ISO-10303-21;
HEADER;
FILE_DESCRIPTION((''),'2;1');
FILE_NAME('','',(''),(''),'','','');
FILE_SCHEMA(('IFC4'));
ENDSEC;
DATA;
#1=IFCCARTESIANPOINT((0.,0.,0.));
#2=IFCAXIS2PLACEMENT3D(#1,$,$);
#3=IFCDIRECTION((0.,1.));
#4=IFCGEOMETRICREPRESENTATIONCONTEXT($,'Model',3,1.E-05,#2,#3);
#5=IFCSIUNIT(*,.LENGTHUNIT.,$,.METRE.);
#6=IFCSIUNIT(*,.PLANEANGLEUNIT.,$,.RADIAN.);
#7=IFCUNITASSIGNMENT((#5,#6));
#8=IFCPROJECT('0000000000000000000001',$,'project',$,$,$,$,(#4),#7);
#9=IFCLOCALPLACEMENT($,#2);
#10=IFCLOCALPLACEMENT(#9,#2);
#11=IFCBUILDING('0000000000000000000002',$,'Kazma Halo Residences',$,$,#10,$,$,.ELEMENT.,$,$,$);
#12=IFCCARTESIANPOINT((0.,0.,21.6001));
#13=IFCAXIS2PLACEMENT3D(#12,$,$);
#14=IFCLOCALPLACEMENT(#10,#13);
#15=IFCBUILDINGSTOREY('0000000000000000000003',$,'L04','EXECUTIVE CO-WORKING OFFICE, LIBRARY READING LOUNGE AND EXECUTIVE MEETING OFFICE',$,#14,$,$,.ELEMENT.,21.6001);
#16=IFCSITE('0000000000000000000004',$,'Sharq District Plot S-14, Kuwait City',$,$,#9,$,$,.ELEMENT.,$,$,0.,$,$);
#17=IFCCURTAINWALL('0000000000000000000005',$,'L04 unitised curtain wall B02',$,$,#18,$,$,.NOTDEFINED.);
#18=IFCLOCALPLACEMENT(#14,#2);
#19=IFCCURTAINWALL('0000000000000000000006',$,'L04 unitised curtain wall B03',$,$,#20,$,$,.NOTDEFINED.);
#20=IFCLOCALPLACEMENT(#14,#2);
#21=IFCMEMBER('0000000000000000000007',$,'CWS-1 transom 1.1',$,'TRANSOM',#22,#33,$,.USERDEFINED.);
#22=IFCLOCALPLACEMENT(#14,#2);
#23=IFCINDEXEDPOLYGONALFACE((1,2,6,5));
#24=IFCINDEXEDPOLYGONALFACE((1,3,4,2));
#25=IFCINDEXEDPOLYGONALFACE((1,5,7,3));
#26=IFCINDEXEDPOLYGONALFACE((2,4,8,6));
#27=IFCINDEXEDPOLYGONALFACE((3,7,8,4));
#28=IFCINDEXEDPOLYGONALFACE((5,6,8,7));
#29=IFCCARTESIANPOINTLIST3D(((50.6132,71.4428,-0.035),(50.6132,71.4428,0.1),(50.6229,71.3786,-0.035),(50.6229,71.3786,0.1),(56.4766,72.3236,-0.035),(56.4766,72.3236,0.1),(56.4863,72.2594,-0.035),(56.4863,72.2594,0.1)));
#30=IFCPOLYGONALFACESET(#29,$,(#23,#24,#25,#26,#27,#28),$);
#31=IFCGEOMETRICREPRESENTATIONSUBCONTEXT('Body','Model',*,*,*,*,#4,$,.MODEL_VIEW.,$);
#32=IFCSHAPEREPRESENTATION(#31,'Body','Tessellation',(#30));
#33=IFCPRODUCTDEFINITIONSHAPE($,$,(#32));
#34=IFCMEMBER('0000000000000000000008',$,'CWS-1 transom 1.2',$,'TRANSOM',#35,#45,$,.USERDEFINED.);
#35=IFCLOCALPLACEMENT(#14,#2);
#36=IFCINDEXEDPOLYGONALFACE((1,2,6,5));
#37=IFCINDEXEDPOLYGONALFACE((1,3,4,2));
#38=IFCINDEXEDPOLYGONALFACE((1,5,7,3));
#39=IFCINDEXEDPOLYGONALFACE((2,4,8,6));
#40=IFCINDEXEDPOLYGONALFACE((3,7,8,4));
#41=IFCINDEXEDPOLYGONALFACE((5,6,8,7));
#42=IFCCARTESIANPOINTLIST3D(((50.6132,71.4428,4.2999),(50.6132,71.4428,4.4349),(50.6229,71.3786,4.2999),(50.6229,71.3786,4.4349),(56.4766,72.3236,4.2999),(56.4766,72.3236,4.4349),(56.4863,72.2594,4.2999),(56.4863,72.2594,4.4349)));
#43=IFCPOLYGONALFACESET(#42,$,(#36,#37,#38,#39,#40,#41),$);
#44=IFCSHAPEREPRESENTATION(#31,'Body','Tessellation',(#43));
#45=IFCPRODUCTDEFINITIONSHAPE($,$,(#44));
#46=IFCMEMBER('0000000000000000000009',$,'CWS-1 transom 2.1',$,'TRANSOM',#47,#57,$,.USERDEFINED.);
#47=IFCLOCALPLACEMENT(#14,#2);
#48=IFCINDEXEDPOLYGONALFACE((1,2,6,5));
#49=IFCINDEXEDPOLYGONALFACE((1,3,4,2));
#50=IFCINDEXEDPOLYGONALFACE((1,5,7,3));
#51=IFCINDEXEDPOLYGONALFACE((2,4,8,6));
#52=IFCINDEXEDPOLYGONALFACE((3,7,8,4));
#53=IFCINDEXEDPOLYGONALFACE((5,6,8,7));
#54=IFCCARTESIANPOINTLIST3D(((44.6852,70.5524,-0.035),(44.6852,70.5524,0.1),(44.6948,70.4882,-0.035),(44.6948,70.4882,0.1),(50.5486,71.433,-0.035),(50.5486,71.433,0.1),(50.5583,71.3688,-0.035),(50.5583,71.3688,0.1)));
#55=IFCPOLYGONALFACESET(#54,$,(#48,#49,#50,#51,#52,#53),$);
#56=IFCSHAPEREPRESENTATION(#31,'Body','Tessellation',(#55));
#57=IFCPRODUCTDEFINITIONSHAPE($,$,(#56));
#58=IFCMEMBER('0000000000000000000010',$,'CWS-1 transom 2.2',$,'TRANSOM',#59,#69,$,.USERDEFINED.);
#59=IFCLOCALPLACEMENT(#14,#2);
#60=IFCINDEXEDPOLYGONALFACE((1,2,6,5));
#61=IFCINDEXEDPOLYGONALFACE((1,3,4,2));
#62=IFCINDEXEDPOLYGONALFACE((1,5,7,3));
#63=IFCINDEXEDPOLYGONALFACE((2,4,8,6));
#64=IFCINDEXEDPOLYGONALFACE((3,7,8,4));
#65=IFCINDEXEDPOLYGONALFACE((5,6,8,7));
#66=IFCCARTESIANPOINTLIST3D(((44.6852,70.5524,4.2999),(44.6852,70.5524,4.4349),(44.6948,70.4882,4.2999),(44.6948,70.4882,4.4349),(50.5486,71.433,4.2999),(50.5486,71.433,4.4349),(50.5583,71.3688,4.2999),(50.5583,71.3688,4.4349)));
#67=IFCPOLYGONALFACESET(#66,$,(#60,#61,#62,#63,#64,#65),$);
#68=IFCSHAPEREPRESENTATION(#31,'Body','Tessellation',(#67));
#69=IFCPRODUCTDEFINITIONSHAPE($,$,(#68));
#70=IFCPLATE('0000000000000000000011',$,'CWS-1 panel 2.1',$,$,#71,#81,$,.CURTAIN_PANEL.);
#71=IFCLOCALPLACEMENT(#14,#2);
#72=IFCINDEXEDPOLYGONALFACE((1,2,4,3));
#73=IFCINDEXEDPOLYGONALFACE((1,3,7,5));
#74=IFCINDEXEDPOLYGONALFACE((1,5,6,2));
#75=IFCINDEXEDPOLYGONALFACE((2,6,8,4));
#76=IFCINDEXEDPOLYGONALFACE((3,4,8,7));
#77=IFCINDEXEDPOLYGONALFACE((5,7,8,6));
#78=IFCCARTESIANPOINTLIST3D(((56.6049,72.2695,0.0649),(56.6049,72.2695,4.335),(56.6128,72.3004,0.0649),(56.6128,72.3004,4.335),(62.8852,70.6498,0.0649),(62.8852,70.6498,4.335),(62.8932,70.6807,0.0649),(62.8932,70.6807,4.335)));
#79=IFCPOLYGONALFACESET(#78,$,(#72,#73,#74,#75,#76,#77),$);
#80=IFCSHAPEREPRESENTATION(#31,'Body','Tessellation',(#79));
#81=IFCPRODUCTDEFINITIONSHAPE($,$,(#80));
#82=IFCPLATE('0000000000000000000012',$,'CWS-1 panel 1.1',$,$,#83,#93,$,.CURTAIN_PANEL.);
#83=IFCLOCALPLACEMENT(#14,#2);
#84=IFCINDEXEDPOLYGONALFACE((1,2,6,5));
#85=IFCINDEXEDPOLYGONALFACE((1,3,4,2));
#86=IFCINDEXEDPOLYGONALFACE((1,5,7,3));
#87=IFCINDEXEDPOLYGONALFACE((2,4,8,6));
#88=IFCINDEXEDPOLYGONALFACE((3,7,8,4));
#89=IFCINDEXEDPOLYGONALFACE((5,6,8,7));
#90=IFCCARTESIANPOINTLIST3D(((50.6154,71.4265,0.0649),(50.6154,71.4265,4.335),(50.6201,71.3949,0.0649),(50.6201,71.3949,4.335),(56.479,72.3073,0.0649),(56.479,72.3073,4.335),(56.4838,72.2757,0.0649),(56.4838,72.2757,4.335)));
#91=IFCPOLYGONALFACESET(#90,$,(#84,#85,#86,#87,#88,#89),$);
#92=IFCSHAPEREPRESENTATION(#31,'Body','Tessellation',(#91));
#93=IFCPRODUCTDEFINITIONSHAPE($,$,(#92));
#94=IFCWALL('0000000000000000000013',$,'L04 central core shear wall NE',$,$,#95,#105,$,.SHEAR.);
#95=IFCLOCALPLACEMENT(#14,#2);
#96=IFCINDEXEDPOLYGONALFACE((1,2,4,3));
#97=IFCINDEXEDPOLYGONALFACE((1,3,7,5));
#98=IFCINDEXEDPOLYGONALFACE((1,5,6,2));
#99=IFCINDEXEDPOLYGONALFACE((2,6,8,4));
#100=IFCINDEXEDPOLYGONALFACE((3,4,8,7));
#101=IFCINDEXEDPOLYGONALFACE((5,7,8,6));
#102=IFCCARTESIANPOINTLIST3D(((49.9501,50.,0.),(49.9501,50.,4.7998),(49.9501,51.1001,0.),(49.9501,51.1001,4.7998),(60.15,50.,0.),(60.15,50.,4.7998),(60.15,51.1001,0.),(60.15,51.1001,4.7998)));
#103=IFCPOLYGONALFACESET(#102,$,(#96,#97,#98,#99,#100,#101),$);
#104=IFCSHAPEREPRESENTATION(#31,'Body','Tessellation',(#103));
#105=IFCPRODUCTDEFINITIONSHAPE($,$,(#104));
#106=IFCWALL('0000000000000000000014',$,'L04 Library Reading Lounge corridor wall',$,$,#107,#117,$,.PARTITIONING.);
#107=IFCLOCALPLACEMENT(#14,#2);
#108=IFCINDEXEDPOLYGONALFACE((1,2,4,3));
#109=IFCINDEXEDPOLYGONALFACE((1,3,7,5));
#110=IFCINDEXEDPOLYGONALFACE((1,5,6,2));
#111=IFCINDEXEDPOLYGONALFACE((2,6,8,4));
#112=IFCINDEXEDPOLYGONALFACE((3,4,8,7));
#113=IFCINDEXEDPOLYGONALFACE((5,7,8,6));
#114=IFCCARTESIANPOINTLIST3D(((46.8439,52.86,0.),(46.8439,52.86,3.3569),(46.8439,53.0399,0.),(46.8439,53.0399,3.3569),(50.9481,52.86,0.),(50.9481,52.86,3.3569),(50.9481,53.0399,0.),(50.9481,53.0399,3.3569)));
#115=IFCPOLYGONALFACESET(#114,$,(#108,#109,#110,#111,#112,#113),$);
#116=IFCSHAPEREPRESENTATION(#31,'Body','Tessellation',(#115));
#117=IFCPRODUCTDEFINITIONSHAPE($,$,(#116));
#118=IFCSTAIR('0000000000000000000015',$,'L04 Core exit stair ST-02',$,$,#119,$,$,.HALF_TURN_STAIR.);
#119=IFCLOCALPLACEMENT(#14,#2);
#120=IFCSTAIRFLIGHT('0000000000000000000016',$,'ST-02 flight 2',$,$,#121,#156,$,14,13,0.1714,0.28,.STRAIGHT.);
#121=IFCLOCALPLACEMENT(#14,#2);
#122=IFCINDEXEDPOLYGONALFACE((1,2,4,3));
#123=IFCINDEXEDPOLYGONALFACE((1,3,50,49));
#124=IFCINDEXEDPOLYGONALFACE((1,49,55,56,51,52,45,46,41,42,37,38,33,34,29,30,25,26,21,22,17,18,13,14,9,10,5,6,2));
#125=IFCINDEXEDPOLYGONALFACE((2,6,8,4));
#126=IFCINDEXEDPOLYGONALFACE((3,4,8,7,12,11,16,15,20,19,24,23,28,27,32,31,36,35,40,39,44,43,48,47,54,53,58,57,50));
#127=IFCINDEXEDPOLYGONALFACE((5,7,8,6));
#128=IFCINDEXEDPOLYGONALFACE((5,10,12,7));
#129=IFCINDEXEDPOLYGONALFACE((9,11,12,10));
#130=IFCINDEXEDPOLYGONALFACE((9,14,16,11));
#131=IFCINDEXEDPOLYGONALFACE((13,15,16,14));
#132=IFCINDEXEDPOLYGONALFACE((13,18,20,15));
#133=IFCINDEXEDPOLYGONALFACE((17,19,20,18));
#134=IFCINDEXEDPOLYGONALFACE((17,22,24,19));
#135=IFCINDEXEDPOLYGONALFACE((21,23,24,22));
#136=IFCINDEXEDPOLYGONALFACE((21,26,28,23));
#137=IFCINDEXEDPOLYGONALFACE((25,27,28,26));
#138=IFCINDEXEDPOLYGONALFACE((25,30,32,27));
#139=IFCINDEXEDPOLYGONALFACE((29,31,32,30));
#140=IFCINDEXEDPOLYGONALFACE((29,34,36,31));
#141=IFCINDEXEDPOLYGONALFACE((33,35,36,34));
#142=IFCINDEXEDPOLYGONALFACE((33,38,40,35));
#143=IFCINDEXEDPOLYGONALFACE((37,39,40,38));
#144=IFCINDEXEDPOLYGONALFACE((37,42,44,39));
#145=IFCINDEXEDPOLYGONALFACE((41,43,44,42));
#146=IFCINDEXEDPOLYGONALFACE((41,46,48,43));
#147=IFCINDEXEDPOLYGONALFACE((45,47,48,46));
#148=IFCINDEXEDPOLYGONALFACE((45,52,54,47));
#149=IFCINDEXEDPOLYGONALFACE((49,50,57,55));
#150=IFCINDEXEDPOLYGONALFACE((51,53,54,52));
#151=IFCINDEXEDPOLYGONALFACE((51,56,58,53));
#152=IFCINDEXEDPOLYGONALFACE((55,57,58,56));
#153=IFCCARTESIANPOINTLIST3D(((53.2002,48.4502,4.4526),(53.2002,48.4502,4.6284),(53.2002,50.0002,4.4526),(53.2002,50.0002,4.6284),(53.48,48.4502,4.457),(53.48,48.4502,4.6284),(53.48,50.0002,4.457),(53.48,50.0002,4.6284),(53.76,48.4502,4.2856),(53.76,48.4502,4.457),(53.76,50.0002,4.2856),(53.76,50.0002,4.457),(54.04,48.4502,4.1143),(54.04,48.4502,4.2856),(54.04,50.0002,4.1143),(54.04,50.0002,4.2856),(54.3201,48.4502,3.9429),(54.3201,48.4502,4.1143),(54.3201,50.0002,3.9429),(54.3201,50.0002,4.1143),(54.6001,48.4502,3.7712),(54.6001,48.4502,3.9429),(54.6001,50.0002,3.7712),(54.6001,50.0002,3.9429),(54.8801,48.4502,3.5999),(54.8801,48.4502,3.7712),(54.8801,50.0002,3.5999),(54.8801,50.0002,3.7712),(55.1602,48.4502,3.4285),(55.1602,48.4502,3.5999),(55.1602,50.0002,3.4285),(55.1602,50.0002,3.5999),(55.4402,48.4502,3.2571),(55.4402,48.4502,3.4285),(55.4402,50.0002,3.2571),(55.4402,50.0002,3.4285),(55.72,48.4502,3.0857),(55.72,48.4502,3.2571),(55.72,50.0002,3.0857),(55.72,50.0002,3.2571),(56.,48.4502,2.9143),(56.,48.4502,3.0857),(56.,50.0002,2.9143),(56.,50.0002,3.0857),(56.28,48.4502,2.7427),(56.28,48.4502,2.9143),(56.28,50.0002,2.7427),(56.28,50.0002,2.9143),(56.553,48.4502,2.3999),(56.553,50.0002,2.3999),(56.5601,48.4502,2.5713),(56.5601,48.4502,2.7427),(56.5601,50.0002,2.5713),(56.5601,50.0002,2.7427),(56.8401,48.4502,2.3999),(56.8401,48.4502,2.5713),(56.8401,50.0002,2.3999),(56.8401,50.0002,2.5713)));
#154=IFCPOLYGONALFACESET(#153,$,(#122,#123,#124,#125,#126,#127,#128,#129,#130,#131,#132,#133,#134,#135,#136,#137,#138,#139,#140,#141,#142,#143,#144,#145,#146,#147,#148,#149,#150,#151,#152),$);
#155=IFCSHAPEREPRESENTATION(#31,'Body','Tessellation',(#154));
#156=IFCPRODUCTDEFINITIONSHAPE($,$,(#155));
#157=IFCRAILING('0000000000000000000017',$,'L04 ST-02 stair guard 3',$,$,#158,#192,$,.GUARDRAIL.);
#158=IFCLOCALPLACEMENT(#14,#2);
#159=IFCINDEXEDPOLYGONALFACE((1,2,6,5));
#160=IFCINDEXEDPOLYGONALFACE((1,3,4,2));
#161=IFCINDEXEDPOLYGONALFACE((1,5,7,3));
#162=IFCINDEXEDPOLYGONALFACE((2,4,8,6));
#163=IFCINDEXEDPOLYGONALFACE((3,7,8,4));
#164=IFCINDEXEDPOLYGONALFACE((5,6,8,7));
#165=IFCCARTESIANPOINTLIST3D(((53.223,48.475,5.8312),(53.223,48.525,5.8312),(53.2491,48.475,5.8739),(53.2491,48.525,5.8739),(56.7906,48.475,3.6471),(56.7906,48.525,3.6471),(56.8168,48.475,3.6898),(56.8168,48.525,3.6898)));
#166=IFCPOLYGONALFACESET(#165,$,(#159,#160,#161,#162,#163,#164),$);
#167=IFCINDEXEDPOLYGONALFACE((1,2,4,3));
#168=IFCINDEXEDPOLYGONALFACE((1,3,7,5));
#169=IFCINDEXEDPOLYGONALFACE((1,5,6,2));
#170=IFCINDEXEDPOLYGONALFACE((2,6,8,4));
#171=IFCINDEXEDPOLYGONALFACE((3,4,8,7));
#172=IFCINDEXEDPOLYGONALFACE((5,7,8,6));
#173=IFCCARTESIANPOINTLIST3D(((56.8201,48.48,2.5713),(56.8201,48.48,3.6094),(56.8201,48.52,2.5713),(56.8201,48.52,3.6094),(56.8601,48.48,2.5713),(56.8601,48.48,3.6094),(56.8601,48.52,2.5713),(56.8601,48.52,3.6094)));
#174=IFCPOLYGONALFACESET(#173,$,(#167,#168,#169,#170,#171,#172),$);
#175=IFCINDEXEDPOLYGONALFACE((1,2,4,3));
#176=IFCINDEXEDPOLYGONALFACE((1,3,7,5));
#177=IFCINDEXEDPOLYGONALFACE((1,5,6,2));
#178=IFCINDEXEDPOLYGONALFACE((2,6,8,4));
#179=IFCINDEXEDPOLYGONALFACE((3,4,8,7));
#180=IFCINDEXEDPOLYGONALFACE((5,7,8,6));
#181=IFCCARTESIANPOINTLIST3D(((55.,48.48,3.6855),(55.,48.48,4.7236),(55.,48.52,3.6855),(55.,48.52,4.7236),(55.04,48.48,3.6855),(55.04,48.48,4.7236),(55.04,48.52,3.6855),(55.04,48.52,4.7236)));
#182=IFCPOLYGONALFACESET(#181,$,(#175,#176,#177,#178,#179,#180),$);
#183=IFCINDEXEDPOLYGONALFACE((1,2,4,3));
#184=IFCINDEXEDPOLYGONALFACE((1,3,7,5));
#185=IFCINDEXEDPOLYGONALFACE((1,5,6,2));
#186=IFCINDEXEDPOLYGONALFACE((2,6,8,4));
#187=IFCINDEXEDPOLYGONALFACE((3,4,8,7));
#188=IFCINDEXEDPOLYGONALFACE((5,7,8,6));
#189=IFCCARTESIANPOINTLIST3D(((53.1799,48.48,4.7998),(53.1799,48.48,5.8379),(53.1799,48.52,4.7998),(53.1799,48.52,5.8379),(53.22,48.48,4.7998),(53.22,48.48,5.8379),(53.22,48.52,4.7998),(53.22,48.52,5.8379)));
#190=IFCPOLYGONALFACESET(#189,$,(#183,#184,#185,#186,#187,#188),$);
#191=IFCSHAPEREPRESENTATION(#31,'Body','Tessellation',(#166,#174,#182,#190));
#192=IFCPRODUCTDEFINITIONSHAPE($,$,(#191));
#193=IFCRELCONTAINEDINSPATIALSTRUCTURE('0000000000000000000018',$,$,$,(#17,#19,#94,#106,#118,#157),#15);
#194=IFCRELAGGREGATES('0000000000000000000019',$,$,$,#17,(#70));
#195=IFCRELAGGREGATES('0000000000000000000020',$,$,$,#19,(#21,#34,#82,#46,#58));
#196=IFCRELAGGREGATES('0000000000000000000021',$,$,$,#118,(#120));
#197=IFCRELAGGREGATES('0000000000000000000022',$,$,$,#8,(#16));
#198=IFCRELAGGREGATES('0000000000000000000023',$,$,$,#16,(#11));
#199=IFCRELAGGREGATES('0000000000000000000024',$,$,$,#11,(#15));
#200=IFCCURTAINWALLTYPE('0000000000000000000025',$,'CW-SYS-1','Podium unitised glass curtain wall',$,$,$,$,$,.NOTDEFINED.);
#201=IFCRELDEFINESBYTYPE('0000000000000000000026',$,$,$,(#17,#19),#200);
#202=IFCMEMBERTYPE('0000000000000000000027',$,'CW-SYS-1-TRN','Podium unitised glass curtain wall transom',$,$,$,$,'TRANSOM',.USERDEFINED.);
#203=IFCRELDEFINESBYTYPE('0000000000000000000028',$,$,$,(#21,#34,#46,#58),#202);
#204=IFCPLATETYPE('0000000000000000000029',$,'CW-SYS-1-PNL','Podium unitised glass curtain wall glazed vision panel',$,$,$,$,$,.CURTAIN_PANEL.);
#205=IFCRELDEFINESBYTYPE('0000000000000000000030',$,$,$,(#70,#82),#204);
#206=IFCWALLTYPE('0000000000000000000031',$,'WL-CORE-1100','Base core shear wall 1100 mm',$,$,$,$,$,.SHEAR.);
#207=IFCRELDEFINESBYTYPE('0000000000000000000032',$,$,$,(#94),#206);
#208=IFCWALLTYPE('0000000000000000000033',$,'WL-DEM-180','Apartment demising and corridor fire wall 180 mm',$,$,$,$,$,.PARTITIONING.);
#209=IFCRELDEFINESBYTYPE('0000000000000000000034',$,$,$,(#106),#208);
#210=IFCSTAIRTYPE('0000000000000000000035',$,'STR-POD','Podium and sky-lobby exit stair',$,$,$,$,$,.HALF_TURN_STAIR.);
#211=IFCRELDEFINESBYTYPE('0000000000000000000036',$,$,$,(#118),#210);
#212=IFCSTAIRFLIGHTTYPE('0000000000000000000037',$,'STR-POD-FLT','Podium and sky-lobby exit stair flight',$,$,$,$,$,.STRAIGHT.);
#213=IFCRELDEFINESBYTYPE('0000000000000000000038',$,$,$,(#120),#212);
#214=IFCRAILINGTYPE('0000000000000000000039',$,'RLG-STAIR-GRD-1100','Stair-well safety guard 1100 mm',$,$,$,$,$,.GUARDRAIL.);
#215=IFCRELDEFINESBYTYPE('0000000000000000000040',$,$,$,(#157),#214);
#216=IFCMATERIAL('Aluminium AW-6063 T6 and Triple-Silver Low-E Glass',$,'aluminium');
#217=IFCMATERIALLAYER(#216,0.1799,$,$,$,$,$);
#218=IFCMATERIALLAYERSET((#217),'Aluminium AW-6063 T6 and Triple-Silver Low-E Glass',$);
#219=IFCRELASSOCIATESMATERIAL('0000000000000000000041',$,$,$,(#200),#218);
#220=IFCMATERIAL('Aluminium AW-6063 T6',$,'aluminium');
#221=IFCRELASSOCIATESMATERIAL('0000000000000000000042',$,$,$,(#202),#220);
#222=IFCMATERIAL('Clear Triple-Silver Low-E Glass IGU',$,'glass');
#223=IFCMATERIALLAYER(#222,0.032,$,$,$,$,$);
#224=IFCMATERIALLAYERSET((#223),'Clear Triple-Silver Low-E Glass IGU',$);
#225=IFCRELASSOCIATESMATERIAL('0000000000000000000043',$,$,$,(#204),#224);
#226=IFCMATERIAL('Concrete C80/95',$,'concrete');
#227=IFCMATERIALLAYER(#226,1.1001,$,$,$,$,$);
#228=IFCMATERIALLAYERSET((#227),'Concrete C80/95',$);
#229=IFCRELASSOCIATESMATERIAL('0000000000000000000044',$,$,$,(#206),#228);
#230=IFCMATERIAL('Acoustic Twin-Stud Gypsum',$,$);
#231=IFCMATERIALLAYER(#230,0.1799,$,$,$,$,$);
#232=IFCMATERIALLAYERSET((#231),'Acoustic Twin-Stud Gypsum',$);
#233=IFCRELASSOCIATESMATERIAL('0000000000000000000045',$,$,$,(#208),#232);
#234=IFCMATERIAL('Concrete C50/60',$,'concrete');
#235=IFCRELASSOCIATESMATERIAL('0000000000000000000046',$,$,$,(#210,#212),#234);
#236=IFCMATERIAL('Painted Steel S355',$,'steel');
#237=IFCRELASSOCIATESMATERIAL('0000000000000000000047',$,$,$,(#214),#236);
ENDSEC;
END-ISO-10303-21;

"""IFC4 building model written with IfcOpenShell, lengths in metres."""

from ifc_helpers import new_model, si_unit, direction, frame, frame_2d, origin, origin_2d, place, context, subcontext, project, spatial, polyline, rectangle, outline, extrude, material, layer, layer_set, material_profile, profile_set, type_object, element, aggregate, save


model = new_model("IFC4")

# Units and contexts
model_context = context("Model", 3, precision=1e-05, world=origin(), true_north=direction((0.0, 1.0)))
body_context = subcontext(model_context, "Body", "Model", "MODEL_VIEW")
ifc_project = project(units=[si_unit("LENGTHUNIT", "METRE"), si_unit("PLANEANGLEUNIT", "RADIAN")], contexts=[model_context])

# Site, building, storey
site_placement = place(None, origin())
site = spatial("IfcSite", under=ifc_project, at=site_placement, Name="Sharq District Plot S-14, Kuwait City", CompositionType="ELEMENT", RefElevation=0.0)
building_placement = place(site_placement, origin())
building = spatial("IfcBuilding", under=site, at=building_placement, Name="Kazma Halo Residences", CompositionType="ELEMENT")
storey_placement = place(building_placement, frame((0.0, 0.0, 21.6001)))
storey = spatial("IfcBuildingStorey", under=building, at=storey_placement, Name="L04", Description="EXECUTIVE CO-WORKING OFFICE, LIBRARY READING LOUNGE AND EXECUTIVE MEETING OFFICE", CompositionType="ELEMENT", Elevation=21.6001)

# Shared definitions
ifc_material_1 = material(Name="Concrete C80/95", Category="concrete")

# Curtain wall
ifc_material_2 = material(Name="Aluminium AW-6063 T6 and Triple-Silver Low-E Glass", Category="aluminium")
ifc_layer_1 = layer(ifc_material_2, 0.1799)
ifc_layer_set_1 = layer_set([ifc_layer_1], Name="Aluminium AW-6063 T6 and Triple-Silver Low-E Glass")
curtain_wall_type = type_object("IfcCurtainWallType", Name="CW-SYS-1", Description="Podium unitised glass curtain wall", PredefinedType="NOTDEFINED", material=ifc_layer_set_1)
curtain_wall_1_placement = place(storey_placement, origin())
curtain_wall_1 = element("IfcCurtainWall", 1, at=curtain_wall_1_placement, inside=storey, type_object=curtain_wall_type, Name="L04 unitised curtain wall B02", PredefinedType="NOTDEFINED")
ifc_material_3 = material(Name="Aluminium AW-6063 T6", Category="aluminium")

# Curtain wall, members
curtain_wall_2_placement = place(storey_placement, origin())
curtain_wall_2 = element("IfcCurtainWall", 2, at=curtain_wall_2_placement, inside=storey, type_object=curtain_wall_type, Name="L04 unitised curtain wall B03", PredefinedType="NOTDEFINED")
ifc_material_profile_1 = material_profile(ifc_material_3, rectangle(XDim=0.0649, YDim=0.135, at=origin_2d()), Name="CWT-65x135")
ifc_profile_set_1 = profile_set([ifc_material_profile_1], Name="Aluminium AW-6063 T6")
member_type_1 = type_object("IfcMemberType", Name="CW-SYS-1-TRN", Description="Podium unitised glass curtain wall transom", ElementType="TRANSOM", PredefinedType="USERDEFINED", material=ifc_profile_set_1)
member_1_placement = place(storey_placement, frame((56.4814, 72.2915, 0.0325), z_axis=(-0.988903, -0.14856, 0.0), x_axis=(0.14856, -0.988903, 0.0)))
member_1 = element("IfcMember", 3, at=member_1_placement, type_object=member_type_1, Name="CWS-1 transom 1.1", ObjectType="TRANSOM", PredefinedType="USERDEFINED", context=body_context, shape_type="SweptSolid", body=[
    extrude(rectangle(XDim=0.0649, YDim=0.135, at=origin_2d()), origin(), (0.0, 0.0, 1.0), 5.9292),
])
member_2_placement = place(storey_placement, frame((56.4814, 72.2915, 4.3674), z_axis=(-0.988903, -0.14856, 0.0), x_axis=(0.14856, -0.988903, 0.0)))
member_2 = element("IfcMember", 4, at=member_2_placement, type_object=member_type_1, Name="CWS-1 transom 1.2", ObjectType="TRANSOM", PredefinedType="USERDEFINED", context=body_context, shape_type="SweptSolid", body=[
    extrude(rectangle(XDim=0.0649, YDim=0.135, at=origin_2d()), origin(), (0.0, 0.0, 1.0), 5.9292),
])
member_3_placement = place(storey_placement, frame((50.5535, 71.4009, 0.0325), z_axis=(-0.988909, -0.14852, 0.0), x_axis=(0.14852, -0.988909, 0.0)))
member_3 = element("IfcMember", 5, at=member_3_placement, type_object=member_type_1, Name="CWS-1 transom 2.1", ObjectType="TRANSOM", PredefinedType="USERDEFINED", context=body_context, shape_type="SweptSolid", body=[
    extrude(rectangle(XDim=0.0649, YDim=0.135, at=origin_2d()), origin(), (0.0, 0.0, 1.0), 5.9292),
])
member_4_placement = place(storey_placement, frame((50.5535, 71.4009, 4.3674), z_axis=(-0.988909, -0.14852, 0.0), x_axis=(0.14852, -0.988909, 0.0)))
member_4 = element("IfcMember", 6, at=member_4_placement, type_object=member_type_1, Name="CWS-1 transom 2.2", ObjectType="TRANSOM", PredefinedType="USERDEFINED", context=body_context, shape_type="SweptSolid", body=[
    extrude(rectangle(XDim=0.0649, YDim=0.135, at=origin_2d()), origin(), (0.0, 0.0, 1.0), 5.9292),
])

# Plates
ifc_material_4 = material(Name="Clear Triple-Silver Low-E Glass IGU", Category="glass")
ifc_layer_2 = layer(ifc_material_4, 0.032)
ifc_layer_set_2 = layer_set([ifc_layer_2], Name="Clear Triple-Silver Low-E Glass IGU")
plate_type = type_object("IfcPlateType", Name="CW-SYS-1-PNL", Description="Podium unitised glass curtain wall glazed vision panel", PredefinedType="CURTAIN_PANEL", material=ifc_layer_set_2)
plate_1_placement = place(storey_placement, frame((59.749, 71.4751, 0.0649), z_axis=(0.0, 0.0, 1.0), x_axis=(-0.968316, 0.249727, 0.0)))
plate_1 = element("IfcPlate", 7, at=plate_1_placement, type_object=plate_type, Name="CWS-1 panel 2.1", PredefinedType="CURTAIN_PANEL", context=body_context, shape_type="SweptSolid", body=[
    extrude(rectangle(XDim=6.4858, YDim=0.032, at=origin_2d()), origin(), (0.0, 0.0, 1.0), 4.27),
])
aggregate(curtain_wall_1, [plate_1])
plate_2_placement = place(storey_placement, frame((53.5496, 71.8511, 0.0649), z_axis=(0.0, 0.0, 1.0), x_axis=(-0.988905, -0.148549, 0.0)))
plate_2 = element("IfcPlate", 8, at=plate_2_placement, type_object=plate_type, Name="CWS-1 panel 1.1", PredefinedType="CURTAIN_PANEL", context=body_context, shape_type="SweptSolid", body=[
    extrude(rectangle(XDim=5.9294, YDim=0.032, at=origin_2d()), origin(), (0.0, 0.0, 1.0), 4.27),
])
aggregate(curtain_wall_2, [member_1, member_2, plate_2, member_3, member_4])

# Wall
ifc_layer_3 = layer(ifc_material_1, 1.1001)
ifc_layer_set_3 = layer_set([ifc_layer_3], Name="Concrete C80/95")
wall_type_1 = type_object("IfcWallType", Name="WL-CORE-1100", Description="Base core shear wall 1100 mm", PredefinedType="SHEAR", material=ifc_layer_set_3)
wall_1_placement = place(storey_placement, frame((49.95, 50.55, 0.0), z_axis=(0.0, 0.0, 1.0), x_axis=(1.0, 0.0, 0.0)))
element("IfcWall", 9, at=wall_1_placement, inside=storey, type_object=wall_type_1, Name="L04 central core shear wall NE", PredefinedType="SHEAR", context=body_context, shape_type="SweptSolid", body=[
    extrude(rectangle(XDim=10.2, YDim=1.1001, at=frame_2d((5.1001, 0.0))), origin(), (0.0, 0.0, 1.0), 4.7998),
])

# Shared definitions
ifc_material_5 = material(Name="Acoustic Twin-Stud Gypsum")
ifc_layer_4 = layer(ifc_material_5, 0.1799)
ifc_layer_set_4 = layer_set([ifc_layer_4], Name="Acoustic Twin-Stud Gypsum")
wall_type_2 = type_object("IfcWallType", Name="WL-DEM-180", Description="Apartment demising and corridor fire wall 180 mm", PredefinedType="PARTITIONING", material=ifc_layer_set_4)

# Wall
wall_2_placement = place(storey_placement, frame((50.9482, 52.95, 0.0), z_axis=(0.0, 0.0, 1.0), x_axis=(-1.0, 0.0, 0.0)))
element("IfcWall", 10, at=wall_2_placement, inside=storey, type_object=wall_type_2, Name="L04 Library Reading Lounge corridor wall", PredefinedType="PARTITIONING", context=body_context, shape_type="SweptSolid", body=[
    extrude(rectangle(XDim=4.1042, YDim=0.1799, at=frame_2d((2.0522, 0.0))), origin(), (0.0, 0.0, 1.0), 3.3569),
])

# Stair, stair flight
ifc_material_6 = material(Name="Concrete C50/60", Category="concrete")
stair_type = type_object("IfcStairType", Name="STR-POD", Description="Podium and sky-lobby exit stair", PredefinedType="HALF_TURN_STAIR", material=ifc_material_6)
stair_placement = place(storey_placement, origin())
stair = element("IfcStair", 11, at=stair_placement, inside=storey, type_object=stair_type, Name="L04 Core exit stair ST-02", PredefinedType="HALF_TURN_STAIR")
stair_flight_type = type_object("IfcStairFlightType", Name="STR-POD-FLT", Description="Podium and sky-lobby exit stair flight", PredefinedType="STRAIGHT", material=ifc_material_6)
stair_flight_placement = place(storey_placement, frame((56.8401, 49.2251, 2.3999), z_axis=(0.0, 0.0, 1.0), x_axis=(-1.0, 0.0, 0.0)))
stair_flight = element("IfcStairFlight", 12, at=stair_flight_placement, type_object=stair_flight_type, Name="ST-02 flight 2", NumberOfRisers=14, NumberOfTreads=13, PredefinedType="STRAIGHT", RiserHeight=0.1714, TreadLength=0.28, context=body_context, shape_type="SweptSolid", body=[
    extrude(outline(polyline([(0.0, 0.0), (0.0, 0.1714), (0.28, 0.1714), (0.28, 0.3428), (0.5601, 0.3428), (0.5601, 0.5144), (0.8401, 0.5144), (0.8401, 0.6858), (1.1201, 0.6858), (1.1201, 0.8572), (1.3999, 0.8572), (1.3999, 1.0286), (1.6799, 1.0286), (1.6799, 1.2), (1.96, 1.2), (1.96, 1.3713), (2.24, 1.3713), (2.24, 1.543), (2.52, 1.543), (2.52, 1.7144), (2.8, 1.7144), (2.8, 1.8857), (3.0801, 1.8857), (3.0801, 2.0571), (3.3601, 2.0571), (3.3601, 2.2285), (3.6399, 2.2285), (3.6399, 2.3999), (3.6399, 2.0527), (0.2871, 0.0), (0.0, 0.0)])), frame((0.0, 0.7749, 0.0), z_axis=(0.0, -1.0, 0.0), x_axis=(1.0, 0.0, 0.0)), (0.0, 0.0, 1.0), 1.55),
])
aggregate(stair, [stair_flight])

# Railing
ifc_material_7 = material(Name="Painted Steel S355", Category="steel")
railing_type_1 = type_object("IfcRailingType", Name="RLG-STAIR-GRD-1100", Description="Stair-well safety guard 1100 mm", PredefinedType="GUARDRAIL", material=ifc_material_7)
railing_1_placement = place(storey_placement, frame((56.8401, 48.5, 2.5713)))
element("IfcRailing", 13, at=railing_1_placement, inside=storey, type_object=railing_type_1, Name="L04 ST-02 stair guard 3", PredefinedType="GUARDRAIL", context=body_context, shape_type="SweptSolid", body=[
    extrude(rectangle(XDim=0.05, YDim=0.05, at=origin_2d()), frame((-0.0364, 0.0, 1.0972), z_axis=(-0.852866, 0.0, 0.52213), x_axis=(0.0, -1.0, 0.0)), (0.0, 0.0, 1.0), 4.1831),
    extrude(rectangle(XDim=0.04, YDim=0.04, at=origin_2d()), origin(), (0.0, 0.0, 1.0), 1.0381),
    extrude(rectangle(XDim=0.04, YDim=0.04, at=origin_2d()), frame((-1.8201, 0.0, 1.1143)), (0.0, 0.0, 1.0), 1.0381),
    extrude(rectangle(XDim=0.04, YDim=0.04, at=origin_2d()), frame((-3.6401, 0.0, 2.2285)), (0.0, 0.0, 1.0), 1.0381),
])

save(model, "model.ifc")
